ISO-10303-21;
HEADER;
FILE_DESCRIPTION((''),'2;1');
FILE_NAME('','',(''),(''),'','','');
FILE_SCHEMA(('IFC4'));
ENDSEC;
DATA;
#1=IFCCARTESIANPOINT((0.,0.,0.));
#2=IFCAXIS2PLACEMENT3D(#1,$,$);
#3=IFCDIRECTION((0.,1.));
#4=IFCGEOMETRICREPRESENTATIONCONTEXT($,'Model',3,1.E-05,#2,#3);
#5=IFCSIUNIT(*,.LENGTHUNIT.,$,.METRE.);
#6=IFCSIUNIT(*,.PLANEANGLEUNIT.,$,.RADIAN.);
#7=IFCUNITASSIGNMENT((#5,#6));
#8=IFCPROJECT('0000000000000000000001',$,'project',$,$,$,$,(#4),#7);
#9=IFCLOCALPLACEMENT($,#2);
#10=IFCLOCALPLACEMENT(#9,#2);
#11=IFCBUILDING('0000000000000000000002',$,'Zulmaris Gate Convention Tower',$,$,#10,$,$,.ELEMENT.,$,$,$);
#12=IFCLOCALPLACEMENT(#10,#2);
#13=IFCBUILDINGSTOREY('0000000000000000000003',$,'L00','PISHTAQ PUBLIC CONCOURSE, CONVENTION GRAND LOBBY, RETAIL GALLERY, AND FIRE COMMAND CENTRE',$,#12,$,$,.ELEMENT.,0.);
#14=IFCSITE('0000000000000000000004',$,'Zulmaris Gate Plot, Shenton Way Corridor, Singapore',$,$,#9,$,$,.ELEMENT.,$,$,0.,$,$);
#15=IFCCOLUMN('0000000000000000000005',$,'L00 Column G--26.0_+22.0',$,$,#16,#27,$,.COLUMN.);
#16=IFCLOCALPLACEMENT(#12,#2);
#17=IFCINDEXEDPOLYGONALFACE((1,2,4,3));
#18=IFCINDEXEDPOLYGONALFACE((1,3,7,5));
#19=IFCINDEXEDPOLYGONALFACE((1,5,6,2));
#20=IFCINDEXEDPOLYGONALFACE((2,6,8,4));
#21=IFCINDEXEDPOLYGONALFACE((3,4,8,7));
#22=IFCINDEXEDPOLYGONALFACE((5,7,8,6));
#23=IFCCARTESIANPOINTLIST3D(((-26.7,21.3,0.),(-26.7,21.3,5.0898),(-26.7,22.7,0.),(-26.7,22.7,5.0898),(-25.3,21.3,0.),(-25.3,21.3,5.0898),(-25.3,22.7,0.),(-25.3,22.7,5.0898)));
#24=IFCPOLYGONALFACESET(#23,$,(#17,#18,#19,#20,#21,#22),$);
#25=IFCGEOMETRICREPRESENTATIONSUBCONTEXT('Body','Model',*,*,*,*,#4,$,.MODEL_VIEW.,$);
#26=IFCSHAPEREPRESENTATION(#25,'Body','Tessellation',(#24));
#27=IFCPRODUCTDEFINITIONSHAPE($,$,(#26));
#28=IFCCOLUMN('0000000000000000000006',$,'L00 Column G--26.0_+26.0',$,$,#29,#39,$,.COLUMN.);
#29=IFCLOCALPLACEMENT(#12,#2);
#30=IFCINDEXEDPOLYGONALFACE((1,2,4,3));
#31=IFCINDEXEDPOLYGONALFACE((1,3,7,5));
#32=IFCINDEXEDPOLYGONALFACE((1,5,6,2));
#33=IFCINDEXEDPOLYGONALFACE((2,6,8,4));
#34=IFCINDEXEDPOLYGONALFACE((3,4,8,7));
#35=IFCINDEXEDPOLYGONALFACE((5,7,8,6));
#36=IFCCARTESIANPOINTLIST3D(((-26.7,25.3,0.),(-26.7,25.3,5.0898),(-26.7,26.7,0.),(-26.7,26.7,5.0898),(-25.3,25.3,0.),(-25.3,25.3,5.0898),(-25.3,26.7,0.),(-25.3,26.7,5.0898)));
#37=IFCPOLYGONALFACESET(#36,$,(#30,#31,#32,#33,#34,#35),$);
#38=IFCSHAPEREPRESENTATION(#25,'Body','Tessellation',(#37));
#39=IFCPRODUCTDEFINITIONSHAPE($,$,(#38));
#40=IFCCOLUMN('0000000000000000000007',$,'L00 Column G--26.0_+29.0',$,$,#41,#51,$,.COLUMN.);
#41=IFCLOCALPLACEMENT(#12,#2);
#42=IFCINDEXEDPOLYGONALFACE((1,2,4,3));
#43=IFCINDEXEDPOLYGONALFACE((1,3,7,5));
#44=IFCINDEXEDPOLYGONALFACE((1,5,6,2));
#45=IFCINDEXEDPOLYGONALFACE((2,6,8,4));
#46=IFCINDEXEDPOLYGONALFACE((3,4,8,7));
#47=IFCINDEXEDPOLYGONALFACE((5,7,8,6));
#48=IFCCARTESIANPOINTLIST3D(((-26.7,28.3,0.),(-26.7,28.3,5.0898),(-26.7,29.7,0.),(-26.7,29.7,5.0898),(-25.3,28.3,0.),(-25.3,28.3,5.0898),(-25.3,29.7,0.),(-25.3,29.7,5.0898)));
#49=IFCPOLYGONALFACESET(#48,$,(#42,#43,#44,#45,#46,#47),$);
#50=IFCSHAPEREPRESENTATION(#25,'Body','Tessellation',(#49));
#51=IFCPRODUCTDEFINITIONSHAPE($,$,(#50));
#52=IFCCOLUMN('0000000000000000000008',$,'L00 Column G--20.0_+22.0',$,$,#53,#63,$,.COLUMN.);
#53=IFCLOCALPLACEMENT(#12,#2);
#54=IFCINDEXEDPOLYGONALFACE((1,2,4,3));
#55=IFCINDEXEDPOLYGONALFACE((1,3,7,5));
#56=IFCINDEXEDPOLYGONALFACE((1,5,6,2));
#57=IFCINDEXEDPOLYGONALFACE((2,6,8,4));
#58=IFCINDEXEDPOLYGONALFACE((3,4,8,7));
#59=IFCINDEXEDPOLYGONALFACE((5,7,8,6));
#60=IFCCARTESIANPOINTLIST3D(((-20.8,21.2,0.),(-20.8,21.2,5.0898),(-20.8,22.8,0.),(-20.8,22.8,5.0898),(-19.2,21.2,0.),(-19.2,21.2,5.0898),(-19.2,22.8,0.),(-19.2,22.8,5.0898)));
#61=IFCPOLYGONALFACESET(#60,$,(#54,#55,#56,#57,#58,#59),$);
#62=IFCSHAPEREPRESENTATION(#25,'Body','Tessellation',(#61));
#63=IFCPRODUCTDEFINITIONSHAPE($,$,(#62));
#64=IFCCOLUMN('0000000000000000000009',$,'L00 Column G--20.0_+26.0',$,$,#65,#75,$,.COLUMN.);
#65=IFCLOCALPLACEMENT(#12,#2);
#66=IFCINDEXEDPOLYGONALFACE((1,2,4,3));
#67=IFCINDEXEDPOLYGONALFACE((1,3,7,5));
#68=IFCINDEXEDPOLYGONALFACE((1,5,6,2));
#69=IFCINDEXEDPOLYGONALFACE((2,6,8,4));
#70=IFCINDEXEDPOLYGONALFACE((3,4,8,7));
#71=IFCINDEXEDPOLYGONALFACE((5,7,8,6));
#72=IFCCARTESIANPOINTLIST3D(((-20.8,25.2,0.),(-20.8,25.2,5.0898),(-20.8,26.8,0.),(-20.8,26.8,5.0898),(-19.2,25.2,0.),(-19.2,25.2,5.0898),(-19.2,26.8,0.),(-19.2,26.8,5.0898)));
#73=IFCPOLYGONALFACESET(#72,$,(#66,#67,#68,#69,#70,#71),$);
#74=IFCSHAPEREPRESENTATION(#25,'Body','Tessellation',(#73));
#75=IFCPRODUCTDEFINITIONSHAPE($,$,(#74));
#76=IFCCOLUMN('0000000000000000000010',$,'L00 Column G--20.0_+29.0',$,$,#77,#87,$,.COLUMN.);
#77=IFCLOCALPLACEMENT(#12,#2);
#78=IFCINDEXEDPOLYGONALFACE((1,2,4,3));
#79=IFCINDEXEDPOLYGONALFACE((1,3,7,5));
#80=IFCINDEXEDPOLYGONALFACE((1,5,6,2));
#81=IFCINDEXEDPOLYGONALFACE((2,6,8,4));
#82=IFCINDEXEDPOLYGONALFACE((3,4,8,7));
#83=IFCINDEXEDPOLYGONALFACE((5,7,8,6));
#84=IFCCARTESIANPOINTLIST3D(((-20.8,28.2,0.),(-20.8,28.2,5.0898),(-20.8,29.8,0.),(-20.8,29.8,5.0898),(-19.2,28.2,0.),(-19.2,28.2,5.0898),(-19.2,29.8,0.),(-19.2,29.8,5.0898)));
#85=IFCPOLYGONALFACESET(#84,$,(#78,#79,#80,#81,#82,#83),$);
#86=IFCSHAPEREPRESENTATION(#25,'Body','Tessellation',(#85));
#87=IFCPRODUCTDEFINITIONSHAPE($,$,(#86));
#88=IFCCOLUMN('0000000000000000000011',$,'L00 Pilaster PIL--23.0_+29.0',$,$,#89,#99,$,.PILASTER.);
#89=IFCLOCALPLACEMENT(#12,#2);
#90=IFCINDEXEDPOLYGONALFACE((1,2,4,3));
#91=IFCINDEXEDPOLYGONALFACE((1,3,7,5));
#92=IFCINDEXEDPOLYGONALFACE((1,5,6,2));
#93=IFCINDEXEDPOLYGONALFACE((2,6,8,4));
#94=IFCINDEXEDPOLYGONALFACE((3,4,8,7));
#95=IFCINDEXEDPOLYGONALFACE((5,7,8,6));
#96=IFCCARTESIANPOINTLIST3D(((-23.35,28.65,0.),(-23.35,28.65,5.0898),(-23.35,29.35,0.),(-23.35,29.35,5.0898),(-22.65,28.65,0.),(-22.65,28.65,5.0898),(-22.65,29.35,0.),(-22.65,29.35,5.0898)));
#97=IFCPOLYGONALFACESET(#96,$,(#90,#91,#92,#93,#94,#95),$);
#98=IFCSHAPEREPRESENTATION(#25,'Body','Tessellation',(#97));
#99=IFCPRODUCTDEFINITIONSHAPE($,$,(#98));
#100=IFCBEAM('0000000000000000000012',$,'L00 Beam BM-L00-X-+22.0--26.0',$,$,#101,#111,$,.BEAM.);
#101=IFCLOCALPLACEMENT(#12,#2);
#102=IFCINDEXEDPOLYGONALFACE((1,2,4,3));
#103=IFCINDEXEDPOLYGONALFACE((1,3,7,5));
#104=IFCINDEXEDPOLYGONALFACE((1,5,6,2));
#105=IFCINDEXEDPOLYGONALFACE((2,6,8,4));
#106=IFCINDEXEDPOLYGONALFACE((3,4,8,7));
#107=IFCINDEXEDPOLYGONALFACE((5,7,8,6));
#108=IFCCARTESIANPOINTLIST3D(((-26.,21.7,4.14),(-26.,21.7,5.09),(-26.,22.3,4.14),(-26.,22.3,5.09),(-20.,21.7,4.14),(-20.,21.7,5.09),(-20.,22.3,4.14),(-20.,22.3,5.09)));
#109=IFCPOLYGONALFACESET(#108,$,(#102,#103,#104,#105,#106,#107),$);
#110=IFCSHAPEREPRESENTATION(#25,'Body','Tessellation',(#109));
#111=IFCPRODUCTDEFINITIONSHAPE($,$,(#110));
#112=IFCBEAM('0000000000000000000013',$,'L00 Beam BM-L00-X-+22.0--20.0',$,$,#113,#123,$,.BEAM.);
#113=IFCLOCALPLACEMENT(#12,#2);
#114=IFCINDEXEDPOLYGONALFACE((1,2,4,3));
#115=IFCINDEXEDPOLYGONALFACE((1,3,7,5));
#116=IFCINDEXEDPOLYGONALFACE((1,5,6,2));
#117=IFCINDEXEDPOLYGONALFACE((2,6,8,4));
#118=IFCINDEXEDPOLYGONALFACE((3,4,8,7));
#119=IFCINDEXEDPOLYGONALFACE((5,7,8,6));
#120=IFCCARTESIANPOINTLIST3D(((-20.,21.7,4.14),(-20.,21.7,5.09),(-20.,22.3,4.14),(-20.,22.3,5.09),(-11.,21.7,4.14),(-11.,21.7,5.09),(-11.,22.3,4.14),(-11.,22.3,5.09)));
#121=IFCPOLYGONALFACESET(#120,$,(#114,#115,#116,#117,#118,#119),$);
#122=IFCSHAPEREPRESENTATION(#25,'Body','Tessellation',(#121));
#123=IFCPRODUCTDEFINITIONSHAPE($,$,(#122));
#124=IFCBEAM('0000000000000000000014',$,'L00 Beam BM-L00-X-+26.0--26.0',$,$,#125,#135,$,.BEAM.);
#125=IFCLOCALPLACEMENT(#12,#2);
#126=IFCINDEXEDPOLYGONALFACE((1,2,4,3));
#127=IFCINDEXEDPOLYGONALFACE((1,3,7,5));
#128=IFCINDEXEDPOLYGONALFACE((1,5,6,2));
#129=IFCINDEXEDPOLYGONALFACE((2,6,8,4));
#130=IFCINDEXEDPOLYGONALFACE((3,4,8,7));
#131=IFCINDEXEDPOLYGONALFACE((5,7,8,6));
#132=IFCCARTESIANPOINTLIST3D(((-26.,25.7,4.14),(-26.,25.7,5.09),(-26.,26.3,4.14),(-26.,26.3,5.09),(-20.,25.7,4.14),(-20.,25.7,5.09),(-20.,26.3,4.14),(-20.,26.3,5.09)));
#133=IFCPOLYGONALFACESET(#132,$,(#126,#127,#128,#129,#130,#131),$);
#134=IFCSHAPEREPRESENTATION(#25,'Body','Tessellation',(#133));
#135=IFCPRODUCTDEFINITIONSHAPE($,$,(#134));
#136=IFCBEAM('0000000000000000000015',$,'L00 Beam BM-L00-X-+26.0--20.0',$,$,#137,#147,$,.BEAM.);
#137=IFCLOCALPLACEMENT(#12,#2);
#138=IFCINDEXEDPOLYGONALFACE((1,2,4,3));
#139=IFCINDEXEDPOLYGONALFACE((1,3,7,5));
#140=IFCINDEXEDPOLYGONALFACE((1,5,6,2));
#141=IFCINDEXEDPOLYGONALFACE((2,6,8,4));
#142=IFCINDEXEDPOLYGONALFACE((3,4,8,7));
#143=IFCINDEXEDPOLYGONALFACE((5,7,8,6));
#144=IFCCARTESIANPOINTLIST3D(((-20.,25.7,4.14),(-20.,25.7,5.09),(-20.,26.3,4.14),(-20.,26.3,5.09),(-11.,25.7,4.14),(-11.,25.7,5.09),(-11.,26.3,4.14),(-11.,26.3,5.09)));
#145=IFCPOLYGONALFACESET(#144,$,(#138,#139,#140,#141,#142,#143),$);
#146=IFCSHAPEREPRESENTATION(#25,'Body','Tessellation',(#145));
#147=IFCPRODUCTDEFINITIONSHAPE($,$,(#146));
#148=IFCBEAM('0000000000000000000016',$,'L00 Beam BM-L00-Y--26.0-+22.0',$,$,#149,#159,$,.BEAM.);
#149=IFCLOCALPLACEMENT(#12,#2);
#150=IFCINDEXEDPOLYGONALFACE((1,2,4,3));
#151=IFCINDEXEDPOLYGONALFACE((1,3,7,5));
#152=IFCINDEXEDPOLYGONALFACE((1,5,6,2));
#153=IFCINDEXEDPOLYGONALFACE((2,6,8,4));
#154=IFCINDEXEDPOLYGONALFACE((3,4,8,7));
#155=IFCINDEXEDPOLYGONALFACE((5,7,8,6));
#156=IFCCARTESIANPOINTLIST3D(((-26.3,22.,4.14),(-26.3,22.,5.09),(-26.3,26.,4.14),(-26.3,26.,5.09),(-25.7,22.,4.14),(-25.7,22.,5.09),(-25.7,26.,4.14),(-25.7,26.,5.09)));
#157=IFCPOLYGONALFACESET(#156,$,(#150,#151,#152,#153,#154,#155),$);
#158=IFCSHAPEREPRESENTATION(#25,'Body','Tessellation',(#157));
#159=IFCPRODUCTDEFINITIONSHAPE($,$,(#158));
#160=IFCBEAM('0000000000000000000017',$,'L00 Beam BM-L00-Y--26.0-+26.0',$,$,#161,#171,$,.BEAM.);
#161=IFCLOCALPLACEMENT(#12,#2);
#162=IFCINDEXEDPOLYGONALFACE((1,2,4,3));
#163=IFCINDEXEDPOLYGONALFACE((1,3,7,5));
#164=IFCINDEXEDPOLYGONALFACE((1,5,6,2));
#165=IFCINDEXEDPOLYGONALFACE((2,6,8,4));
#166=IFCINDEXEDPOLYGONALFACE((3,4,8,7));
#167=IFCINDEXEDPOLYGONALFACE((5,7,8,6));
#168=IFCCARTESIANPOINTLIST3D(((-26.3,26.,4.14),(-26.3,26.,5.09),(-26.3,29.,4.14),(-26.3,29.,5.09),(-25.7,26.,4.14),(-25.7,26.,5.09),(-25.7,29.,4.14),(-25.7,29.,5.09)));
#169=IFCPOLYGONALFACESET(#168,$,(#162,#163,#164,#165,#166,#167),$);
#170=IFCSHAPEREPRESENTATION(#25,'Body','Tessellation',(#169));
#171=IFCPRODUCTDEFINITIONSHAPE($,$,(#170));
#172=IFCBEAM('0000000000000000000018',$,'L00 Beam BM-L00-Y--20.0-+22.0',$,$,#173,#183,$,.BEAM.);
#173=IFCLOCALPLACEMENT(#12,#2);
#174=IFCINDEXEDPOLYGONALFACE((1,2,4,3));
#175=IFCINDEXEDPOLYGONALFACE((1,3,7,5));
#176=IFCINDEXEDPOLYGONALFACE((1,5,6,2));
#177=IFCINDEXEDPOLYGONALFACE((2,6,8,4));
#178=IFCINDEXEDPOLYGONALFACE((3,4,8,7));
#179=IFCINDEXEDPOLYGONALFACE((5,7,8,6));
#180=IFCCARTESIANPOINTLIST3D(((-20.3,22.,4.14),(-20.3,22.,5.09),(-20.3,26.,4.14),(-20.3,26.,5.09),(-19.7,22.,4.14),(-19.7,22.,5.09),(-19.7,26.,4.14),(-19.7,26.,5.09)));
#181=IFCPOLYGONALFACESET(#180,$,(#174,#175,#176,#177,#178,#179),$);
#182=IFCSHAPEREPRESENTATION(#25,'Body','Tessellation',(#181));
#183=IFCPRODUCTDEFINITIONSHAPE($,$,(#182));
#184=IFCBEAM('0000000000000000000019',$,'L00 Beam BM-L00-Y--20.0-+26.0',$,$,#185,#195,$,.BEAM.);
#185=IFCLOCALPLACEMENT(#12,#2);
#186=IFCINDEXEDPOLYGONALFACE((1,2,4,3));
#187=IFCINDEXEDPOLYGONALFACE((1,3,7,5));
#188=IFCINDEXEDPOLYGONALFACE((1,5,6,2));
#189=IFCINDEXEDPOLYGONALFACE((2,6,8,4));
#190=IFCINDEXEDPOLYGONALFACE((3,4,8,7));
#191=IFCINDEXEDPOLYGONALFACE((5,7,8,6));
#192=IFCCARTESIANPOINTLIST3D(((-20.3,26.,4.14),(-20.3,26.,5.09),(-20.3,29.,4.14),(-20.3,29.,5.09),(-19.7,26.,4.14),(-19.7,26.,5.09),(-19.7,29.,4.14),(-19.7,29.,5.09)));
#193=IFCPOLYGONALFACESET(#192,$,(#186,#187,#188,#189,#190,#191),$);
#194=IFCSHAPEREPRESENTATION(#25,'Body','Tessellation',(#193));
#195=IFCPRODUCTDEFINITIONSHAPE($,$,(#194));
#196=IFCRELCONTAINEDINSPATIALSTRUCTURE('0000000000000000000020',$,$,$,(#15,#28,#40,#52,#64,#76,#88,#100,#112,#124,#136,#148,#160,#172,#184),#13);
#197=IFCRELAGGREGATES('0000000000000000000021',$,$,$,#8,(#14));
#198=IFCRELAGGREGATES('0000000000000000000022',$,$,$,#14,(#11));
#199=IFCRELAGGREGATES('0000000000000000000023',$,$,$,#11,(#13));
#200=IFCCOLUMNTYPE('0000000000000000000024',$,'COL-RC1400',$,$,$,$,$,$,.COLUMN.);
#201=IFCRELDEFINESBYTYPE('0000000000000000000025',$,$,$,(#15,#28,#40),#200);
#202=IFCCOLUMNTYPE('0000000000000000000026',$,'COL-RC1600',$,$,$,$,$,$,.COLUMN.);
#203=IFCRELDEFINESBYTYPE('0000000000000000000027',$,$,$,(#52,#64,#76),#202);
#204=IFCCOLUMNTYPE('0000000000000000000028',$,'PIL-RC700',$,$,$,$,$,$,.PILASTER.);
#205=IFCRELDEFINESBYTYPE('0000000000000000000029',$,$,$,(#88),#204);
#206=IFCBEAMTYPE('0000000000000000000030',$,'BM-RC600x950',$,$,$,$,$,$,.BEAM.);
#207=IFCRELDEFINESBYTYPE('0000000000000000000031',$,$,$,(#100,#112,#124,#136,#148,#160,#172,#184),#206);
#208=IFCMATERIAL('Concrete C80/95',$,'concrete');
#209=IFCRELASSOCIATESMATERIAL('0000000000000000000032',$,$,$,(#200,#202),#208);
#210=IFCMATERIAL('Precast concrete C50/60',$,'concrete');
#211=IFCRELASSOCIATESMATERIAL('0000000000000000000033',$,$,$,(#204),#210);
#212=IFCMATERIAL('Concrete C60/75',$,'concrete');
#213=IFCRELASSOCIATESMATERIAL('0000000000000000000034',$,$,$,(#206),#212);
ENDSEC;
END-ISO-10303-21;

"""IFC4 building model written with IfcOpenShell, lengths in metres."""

from ifc_helpers import new_model, si_unit, direction, frame, origin, origin_2d, place, context, subcontext, project, spatial, rectangle, extrude, material, material_profile, profile_set, type_object, element, save


model = new_model("IFC4")

# Units and contexts
model_context = context("Model", 3, precision=1e-05, world=origin(), true_north=direction((0.0, 1.0)))
body_context = subcontext(model_context, "Body", "Model", "MODEL_VIEW")
ifc_project = project(units=[si_unit("LENGTHUNIT", "METRE"), si_unit("PLANEANGLEUNIT", "RADIAN")], contexts=[model_context])

# Site, building, storey
site_placement = place(None, origin())
site = spatial("IfcSite", under=ifc_project, at=site_placement, Name="Zulmaris Gate Plot, Shenton Way Corridor, Singapore", CompositionType="ELEMENT", RefElevation=0.0)
building_placement = place(site_placement, origin())
building = spatial("IfcBuilding", under=site, at=building_placement, Name="Zulmaris Gate Convention Tower", CompositionType="ELEMENT")
storey_placement = place(building_placement, origin())
storey = spatial("IfcBuildingStorey", under=building, at=storey_placement, Name="L00", Description="PISHTAQ PUBLIC CONCOURSE, CONVENTION GRAND LOBBY, RETAIL GALLERY, AND FIRE COMMAND CENTRE", CompositionType="ELEMENT", Elevation=0.0)

# Columns
ifc_material_1 = material(Name="Concrete C80/95", Category="concrete")
ifc_material_profile_1 = material_profile(ifc_material_1, rectangle(XDim=1.3999, YDim=1.3999, at=origin_2d()), Name="RC COL 1400x1400")
ifc_profile_set_1 = profile_set([ifc_material_profile_1], Name="Concrete C80/95")
column_type_1 = type_object("IfcColumnType", Name="COL-RC1400", PredefinedType="COLUMN", material=ifc_profile_set_1)
for number, where, z_axis, x_axis, name in (
    (1, (-26.0, 22.0, 0.0), (0.0, 0.0, 1.0), (1.0, 0.0, 0.0), "L00 Column G--26.0_+22.0"),
    (2, (-26.0, 26.0, 0.0), (0.0, 0.0, 1.0), (1.0, 0.0, 0.0), "L00 Column G--26.0_+26.0"),
    (3, (-26.0, 29.0, 0.0), (0.0, 0.0, 1.0), (1.0, 0.0, 0.0), "L00 Column G--26.0_+29.0"),
):
    element("IfcColumn", number, at=place(storey_placement, frame(where, z_axis=z_axis, x_axis=x_axis)), inside=storey, type_object=column_type_1, Name=name, PredefinedType="COLUMN", context=body_context, shape_type="SweptSolid", body=[
        extrude(rectangle(XDim=1.3999, YDim=1.3999, at=origin_2d()), origin(), (0.0, 0.0, 1.0), 5.0898),
    ])
ifc_material_profile_2 = material_profile(ifc_material_1, rectangle(XDim=1.6001, YDim=1.6001, at=origin_2d()), Name="RC COL 1600x1600")
ifc_profile_set_2 = profile_set([ifc_material_profile_2], Name="Concrete C80/95")
column_type_2 = type_object("IfcColumnType", Name="COL-RC1600", PredefinedType="COLUMN", material=ifc_profile_set_2)
for number, where, z_axis, x_axis, name in (
    (4, (-20.0, 22.0, 0.0), (0.0, 0.0, 1.0), (1.0, 0.0, 0.0), "L00 Column G--20.0_+22.0"),
    (5, (-20.0, 26.0, 0.0), (0.0, 0.0, 1.0), (1.0, 0.0, 0.0), "L00 Column G--20.0_+26.0"),
    (6, (-20.0, 29.0, 0.0), (0.0, 0.0, 1.0), (1.0, 0.0, 0.0), "L00 Column G--20.0_+29.0"),
):
    element("IfcColumn", number, at=place(storey_placement, frame(where, z_axis=z_axis, x_axis=x_axis)), inside=storey, type_object=column_type_2, Name=name, PredefinedType="COLUMN", context=body_context, shape_type="SweptSolid", body=[
        extrude(rectangle(XDim=1.6001, YDim=1.6001, at=origin_2d()), origin(), (0.0, 0.0, 1.0), 5.0898),
    ])
ifc_material_2 = material(Name="Precast concrete C50/60", Category="concrete")
ifc_material_profile_3 = material_profile(ifc_material_2, rectangle(XDim=0.7, YDim=0.7, at=origin_2d()), Name="RC COL 700x700")
ifc_profile_set_3 = profile_set([ifc_material_profile_3], Name="Precast concrete C50/60")
column_type_3 = type_object("IfcColumnType", Name="PIL-RC700", PredefinedType="PILASTER", material=ifc_profile_set_3)
column_placement = place(storey_placement, frame((-23.0, 29.0, 0.0), z_axis=(0.0, 0.0, 1.0), x_axis=(1.0, 0.0, 0.0)))
element("IfcColumn", 7, at=column_placement, inside=storey, type_object=column_type_3, Name="L00 Pilaster PIL--23.0_+29.0", PredefinedType="PILASTER", context=body_context, shape_type="SweptSolid", body=[
    extrude(rectangle(XDim=0.7, YDim=0.7, at=origin_2d()), origin(), (0.0, 0.0, 1.0), 5.0898),
])

# Beams
ifc_material_3 = material(Name="Concrete C60/75", Category="concrete")
ifc_material_profile_4 = material_profile(ifc_material_3, rectangle(XDim=0.6001, YDim=0.95, at=origin_2d()), Name="RC BEAM 600x950")
ifc_profile_set_4 = profile_set([ifc_material_profile_4], Name="Concrete C60/75")
beam_type_1 = type_object("IfcBeamType", Name="BM-RC600x950", PredefinedType="BEAM", material=ifc_profile_set_4)
beam_1_placement = place(storey_placement, frame((-26.0, 22.0, 4.615), z_axis=(1.0, 0.0, 0.0), x_axis=(0.0, 1.0, 0.0)))
element("IfcBeam", 8, at=beam_1_placement, inside=storey, type_object=beam_type_1, Name="L00 Beam BM-L00-X-+22.0--26.0", PredefinedType="BEAM", context=body_context, shape_type="SweptSolid", body=[
    extrude(rectangle(XDim=0.6001, YDim=0.95, at=origin_2d()), origin(), (0.0, 0.0, 1.0), 6.0),
])
beam_2_placement = place(storey_placement, frame((-20.0, 22.0, 4.615), z_axis=(1.0, 0.0, 0.0), x_axis=(0.0, 1.0, 0.0)))
element("IfcBeam", 9, at=beam_2_placement, inside=storey, type_object=beam_type_1, Name="L00 Beam BM-L00-X-+22.0--20.0", PredefinedType="BEAM", context=body_context, shape_type="SweptSolid", body=[
    extrude(rectangle(XDim=0.6001, YDim=0.95, at=origin_2d()), origin(), (0.0, 0.0, 1.0), 9.0),
])
beam_3_placement = place(storey_placement, frame((-26.0, 26.0, 4.615), z_axis=(1.0, 0.0, 0.0), x_axis=(0.0, 1.0, 0.0)))
element("IfcBeam", 10, at=beam_3_placement, inside=storey, type_object=beam_type_1, Name="L00 Beam BM-L00-X-+26.0--26.0", PredefinedType="BEAM", context=body_context, shape_type="SweptSolid", body=[
    extrude(rectangle(XDim=0.6001, YDim=0.95, at=origin_2d()), origin(), (0.0, 0.0, 1.0), 6.0),
])
beam_4_placement = place(storey_placement, frame((-20.0, 26.0, 4.615), z_axis=(1.0, 0.0, 0.0), x_axis=(0.0, 1.0, 0.0)))
element("IfcBeam", 11, at=beam_4_placement, inside=storey, type_object=beam_type_1, Name="L00 Beam BM-L00-X-+26.0--20.0", PredefinedType="BEAM", context=body_context, shape_type="SweptSolid", body=[
    extrude(rectangle(XDim=0.6001, YDim=0.95, at=origin_2d()), origin(), (0.0, 0.0, 1.0), 9.0),
])
beam_5_placement = place(storey_placement, frame((-26.0, 22.0, 4.615), z_axis=(0.0, 1.0, 0.0), x_axis=(-1.0, 0.0, 0.0)))
element("IfcBeam", 12, at=beam_5_placement, inside=storey, type_object=beam_type_1, Name="L00 Beam BM-L00-Y--26.0-+22.0", PredefinedType="BEAM", context=body_context, shape_type="SweptSolid", body=[
    extrude(rectangle(XDim=0.6001, YDim=0.95, at=origin_2d()), origin(), (0.0, 0.0, 1.0), 4.0),
])
beam_6_placement = place(storey_placement, frame((-26.0, 26.0, 4.615), z_axis=(0.0, 1.0, 0.0), x_axis=(-1.0, 0.0, 0.0)))
element("IfcBeam", 13, at=beam_6_placement, inside=storey, type_object=beam_type_1, Name="L00 Beam BM-L00-Y--26.0-+26.0", PredefinedType="BEAM", context=body_context, shape_type="SweptSolid", body=[
    extrude(rectangle(XDim=0.6001, YDim=0.95, at=origin_2d()), origin(), (0.0, 0.0, 1.0), 3.0),
])
beam_7_placement = place(storey_placement, frame((-20.0, 22.0, 4.615), z_axis=(0.0, 1.0, 0.0), x_axis=(-1.0, 0.0, 0.0)))
element("IfcBeam", 14, at=beam_7_placement, inside=storey, type_object=beam_type_1, Name="L00 Beam BM-L00-Y--20.0-+22.0", PredefinedType="BEAM", context=body_context, shape_type="SweptSolid", body=[
    extrude(rectangle(XDim=0.6001, YDim=0.95, at=origin_2d()), origin(), (0.0, 0.0, 1.0), 4.0),
])
beam_8_placement = place(storey_placement, frame((-20.0, 26.0, 4.615), z_axis=(0.0, 1.0, 0.0), x_axis=(-1.0, 0.0, 0.0)))
element("IfcBeam", 15, at=beam_8_placement, inside=storey, type_object=beam_type_1, Name="L00 Beam BM-L00-Y--20.0-+26.0", PredefinedType="BEAM", context=body_context, shape_type="SweptSolid", body=[
    extrude(rectangle(XDim=0.6001, YDim=0.95, at=origin_2d()), origin(), (0.0, 0.0, 1.0), 3.0),
])

save(model, "model.ifc")
